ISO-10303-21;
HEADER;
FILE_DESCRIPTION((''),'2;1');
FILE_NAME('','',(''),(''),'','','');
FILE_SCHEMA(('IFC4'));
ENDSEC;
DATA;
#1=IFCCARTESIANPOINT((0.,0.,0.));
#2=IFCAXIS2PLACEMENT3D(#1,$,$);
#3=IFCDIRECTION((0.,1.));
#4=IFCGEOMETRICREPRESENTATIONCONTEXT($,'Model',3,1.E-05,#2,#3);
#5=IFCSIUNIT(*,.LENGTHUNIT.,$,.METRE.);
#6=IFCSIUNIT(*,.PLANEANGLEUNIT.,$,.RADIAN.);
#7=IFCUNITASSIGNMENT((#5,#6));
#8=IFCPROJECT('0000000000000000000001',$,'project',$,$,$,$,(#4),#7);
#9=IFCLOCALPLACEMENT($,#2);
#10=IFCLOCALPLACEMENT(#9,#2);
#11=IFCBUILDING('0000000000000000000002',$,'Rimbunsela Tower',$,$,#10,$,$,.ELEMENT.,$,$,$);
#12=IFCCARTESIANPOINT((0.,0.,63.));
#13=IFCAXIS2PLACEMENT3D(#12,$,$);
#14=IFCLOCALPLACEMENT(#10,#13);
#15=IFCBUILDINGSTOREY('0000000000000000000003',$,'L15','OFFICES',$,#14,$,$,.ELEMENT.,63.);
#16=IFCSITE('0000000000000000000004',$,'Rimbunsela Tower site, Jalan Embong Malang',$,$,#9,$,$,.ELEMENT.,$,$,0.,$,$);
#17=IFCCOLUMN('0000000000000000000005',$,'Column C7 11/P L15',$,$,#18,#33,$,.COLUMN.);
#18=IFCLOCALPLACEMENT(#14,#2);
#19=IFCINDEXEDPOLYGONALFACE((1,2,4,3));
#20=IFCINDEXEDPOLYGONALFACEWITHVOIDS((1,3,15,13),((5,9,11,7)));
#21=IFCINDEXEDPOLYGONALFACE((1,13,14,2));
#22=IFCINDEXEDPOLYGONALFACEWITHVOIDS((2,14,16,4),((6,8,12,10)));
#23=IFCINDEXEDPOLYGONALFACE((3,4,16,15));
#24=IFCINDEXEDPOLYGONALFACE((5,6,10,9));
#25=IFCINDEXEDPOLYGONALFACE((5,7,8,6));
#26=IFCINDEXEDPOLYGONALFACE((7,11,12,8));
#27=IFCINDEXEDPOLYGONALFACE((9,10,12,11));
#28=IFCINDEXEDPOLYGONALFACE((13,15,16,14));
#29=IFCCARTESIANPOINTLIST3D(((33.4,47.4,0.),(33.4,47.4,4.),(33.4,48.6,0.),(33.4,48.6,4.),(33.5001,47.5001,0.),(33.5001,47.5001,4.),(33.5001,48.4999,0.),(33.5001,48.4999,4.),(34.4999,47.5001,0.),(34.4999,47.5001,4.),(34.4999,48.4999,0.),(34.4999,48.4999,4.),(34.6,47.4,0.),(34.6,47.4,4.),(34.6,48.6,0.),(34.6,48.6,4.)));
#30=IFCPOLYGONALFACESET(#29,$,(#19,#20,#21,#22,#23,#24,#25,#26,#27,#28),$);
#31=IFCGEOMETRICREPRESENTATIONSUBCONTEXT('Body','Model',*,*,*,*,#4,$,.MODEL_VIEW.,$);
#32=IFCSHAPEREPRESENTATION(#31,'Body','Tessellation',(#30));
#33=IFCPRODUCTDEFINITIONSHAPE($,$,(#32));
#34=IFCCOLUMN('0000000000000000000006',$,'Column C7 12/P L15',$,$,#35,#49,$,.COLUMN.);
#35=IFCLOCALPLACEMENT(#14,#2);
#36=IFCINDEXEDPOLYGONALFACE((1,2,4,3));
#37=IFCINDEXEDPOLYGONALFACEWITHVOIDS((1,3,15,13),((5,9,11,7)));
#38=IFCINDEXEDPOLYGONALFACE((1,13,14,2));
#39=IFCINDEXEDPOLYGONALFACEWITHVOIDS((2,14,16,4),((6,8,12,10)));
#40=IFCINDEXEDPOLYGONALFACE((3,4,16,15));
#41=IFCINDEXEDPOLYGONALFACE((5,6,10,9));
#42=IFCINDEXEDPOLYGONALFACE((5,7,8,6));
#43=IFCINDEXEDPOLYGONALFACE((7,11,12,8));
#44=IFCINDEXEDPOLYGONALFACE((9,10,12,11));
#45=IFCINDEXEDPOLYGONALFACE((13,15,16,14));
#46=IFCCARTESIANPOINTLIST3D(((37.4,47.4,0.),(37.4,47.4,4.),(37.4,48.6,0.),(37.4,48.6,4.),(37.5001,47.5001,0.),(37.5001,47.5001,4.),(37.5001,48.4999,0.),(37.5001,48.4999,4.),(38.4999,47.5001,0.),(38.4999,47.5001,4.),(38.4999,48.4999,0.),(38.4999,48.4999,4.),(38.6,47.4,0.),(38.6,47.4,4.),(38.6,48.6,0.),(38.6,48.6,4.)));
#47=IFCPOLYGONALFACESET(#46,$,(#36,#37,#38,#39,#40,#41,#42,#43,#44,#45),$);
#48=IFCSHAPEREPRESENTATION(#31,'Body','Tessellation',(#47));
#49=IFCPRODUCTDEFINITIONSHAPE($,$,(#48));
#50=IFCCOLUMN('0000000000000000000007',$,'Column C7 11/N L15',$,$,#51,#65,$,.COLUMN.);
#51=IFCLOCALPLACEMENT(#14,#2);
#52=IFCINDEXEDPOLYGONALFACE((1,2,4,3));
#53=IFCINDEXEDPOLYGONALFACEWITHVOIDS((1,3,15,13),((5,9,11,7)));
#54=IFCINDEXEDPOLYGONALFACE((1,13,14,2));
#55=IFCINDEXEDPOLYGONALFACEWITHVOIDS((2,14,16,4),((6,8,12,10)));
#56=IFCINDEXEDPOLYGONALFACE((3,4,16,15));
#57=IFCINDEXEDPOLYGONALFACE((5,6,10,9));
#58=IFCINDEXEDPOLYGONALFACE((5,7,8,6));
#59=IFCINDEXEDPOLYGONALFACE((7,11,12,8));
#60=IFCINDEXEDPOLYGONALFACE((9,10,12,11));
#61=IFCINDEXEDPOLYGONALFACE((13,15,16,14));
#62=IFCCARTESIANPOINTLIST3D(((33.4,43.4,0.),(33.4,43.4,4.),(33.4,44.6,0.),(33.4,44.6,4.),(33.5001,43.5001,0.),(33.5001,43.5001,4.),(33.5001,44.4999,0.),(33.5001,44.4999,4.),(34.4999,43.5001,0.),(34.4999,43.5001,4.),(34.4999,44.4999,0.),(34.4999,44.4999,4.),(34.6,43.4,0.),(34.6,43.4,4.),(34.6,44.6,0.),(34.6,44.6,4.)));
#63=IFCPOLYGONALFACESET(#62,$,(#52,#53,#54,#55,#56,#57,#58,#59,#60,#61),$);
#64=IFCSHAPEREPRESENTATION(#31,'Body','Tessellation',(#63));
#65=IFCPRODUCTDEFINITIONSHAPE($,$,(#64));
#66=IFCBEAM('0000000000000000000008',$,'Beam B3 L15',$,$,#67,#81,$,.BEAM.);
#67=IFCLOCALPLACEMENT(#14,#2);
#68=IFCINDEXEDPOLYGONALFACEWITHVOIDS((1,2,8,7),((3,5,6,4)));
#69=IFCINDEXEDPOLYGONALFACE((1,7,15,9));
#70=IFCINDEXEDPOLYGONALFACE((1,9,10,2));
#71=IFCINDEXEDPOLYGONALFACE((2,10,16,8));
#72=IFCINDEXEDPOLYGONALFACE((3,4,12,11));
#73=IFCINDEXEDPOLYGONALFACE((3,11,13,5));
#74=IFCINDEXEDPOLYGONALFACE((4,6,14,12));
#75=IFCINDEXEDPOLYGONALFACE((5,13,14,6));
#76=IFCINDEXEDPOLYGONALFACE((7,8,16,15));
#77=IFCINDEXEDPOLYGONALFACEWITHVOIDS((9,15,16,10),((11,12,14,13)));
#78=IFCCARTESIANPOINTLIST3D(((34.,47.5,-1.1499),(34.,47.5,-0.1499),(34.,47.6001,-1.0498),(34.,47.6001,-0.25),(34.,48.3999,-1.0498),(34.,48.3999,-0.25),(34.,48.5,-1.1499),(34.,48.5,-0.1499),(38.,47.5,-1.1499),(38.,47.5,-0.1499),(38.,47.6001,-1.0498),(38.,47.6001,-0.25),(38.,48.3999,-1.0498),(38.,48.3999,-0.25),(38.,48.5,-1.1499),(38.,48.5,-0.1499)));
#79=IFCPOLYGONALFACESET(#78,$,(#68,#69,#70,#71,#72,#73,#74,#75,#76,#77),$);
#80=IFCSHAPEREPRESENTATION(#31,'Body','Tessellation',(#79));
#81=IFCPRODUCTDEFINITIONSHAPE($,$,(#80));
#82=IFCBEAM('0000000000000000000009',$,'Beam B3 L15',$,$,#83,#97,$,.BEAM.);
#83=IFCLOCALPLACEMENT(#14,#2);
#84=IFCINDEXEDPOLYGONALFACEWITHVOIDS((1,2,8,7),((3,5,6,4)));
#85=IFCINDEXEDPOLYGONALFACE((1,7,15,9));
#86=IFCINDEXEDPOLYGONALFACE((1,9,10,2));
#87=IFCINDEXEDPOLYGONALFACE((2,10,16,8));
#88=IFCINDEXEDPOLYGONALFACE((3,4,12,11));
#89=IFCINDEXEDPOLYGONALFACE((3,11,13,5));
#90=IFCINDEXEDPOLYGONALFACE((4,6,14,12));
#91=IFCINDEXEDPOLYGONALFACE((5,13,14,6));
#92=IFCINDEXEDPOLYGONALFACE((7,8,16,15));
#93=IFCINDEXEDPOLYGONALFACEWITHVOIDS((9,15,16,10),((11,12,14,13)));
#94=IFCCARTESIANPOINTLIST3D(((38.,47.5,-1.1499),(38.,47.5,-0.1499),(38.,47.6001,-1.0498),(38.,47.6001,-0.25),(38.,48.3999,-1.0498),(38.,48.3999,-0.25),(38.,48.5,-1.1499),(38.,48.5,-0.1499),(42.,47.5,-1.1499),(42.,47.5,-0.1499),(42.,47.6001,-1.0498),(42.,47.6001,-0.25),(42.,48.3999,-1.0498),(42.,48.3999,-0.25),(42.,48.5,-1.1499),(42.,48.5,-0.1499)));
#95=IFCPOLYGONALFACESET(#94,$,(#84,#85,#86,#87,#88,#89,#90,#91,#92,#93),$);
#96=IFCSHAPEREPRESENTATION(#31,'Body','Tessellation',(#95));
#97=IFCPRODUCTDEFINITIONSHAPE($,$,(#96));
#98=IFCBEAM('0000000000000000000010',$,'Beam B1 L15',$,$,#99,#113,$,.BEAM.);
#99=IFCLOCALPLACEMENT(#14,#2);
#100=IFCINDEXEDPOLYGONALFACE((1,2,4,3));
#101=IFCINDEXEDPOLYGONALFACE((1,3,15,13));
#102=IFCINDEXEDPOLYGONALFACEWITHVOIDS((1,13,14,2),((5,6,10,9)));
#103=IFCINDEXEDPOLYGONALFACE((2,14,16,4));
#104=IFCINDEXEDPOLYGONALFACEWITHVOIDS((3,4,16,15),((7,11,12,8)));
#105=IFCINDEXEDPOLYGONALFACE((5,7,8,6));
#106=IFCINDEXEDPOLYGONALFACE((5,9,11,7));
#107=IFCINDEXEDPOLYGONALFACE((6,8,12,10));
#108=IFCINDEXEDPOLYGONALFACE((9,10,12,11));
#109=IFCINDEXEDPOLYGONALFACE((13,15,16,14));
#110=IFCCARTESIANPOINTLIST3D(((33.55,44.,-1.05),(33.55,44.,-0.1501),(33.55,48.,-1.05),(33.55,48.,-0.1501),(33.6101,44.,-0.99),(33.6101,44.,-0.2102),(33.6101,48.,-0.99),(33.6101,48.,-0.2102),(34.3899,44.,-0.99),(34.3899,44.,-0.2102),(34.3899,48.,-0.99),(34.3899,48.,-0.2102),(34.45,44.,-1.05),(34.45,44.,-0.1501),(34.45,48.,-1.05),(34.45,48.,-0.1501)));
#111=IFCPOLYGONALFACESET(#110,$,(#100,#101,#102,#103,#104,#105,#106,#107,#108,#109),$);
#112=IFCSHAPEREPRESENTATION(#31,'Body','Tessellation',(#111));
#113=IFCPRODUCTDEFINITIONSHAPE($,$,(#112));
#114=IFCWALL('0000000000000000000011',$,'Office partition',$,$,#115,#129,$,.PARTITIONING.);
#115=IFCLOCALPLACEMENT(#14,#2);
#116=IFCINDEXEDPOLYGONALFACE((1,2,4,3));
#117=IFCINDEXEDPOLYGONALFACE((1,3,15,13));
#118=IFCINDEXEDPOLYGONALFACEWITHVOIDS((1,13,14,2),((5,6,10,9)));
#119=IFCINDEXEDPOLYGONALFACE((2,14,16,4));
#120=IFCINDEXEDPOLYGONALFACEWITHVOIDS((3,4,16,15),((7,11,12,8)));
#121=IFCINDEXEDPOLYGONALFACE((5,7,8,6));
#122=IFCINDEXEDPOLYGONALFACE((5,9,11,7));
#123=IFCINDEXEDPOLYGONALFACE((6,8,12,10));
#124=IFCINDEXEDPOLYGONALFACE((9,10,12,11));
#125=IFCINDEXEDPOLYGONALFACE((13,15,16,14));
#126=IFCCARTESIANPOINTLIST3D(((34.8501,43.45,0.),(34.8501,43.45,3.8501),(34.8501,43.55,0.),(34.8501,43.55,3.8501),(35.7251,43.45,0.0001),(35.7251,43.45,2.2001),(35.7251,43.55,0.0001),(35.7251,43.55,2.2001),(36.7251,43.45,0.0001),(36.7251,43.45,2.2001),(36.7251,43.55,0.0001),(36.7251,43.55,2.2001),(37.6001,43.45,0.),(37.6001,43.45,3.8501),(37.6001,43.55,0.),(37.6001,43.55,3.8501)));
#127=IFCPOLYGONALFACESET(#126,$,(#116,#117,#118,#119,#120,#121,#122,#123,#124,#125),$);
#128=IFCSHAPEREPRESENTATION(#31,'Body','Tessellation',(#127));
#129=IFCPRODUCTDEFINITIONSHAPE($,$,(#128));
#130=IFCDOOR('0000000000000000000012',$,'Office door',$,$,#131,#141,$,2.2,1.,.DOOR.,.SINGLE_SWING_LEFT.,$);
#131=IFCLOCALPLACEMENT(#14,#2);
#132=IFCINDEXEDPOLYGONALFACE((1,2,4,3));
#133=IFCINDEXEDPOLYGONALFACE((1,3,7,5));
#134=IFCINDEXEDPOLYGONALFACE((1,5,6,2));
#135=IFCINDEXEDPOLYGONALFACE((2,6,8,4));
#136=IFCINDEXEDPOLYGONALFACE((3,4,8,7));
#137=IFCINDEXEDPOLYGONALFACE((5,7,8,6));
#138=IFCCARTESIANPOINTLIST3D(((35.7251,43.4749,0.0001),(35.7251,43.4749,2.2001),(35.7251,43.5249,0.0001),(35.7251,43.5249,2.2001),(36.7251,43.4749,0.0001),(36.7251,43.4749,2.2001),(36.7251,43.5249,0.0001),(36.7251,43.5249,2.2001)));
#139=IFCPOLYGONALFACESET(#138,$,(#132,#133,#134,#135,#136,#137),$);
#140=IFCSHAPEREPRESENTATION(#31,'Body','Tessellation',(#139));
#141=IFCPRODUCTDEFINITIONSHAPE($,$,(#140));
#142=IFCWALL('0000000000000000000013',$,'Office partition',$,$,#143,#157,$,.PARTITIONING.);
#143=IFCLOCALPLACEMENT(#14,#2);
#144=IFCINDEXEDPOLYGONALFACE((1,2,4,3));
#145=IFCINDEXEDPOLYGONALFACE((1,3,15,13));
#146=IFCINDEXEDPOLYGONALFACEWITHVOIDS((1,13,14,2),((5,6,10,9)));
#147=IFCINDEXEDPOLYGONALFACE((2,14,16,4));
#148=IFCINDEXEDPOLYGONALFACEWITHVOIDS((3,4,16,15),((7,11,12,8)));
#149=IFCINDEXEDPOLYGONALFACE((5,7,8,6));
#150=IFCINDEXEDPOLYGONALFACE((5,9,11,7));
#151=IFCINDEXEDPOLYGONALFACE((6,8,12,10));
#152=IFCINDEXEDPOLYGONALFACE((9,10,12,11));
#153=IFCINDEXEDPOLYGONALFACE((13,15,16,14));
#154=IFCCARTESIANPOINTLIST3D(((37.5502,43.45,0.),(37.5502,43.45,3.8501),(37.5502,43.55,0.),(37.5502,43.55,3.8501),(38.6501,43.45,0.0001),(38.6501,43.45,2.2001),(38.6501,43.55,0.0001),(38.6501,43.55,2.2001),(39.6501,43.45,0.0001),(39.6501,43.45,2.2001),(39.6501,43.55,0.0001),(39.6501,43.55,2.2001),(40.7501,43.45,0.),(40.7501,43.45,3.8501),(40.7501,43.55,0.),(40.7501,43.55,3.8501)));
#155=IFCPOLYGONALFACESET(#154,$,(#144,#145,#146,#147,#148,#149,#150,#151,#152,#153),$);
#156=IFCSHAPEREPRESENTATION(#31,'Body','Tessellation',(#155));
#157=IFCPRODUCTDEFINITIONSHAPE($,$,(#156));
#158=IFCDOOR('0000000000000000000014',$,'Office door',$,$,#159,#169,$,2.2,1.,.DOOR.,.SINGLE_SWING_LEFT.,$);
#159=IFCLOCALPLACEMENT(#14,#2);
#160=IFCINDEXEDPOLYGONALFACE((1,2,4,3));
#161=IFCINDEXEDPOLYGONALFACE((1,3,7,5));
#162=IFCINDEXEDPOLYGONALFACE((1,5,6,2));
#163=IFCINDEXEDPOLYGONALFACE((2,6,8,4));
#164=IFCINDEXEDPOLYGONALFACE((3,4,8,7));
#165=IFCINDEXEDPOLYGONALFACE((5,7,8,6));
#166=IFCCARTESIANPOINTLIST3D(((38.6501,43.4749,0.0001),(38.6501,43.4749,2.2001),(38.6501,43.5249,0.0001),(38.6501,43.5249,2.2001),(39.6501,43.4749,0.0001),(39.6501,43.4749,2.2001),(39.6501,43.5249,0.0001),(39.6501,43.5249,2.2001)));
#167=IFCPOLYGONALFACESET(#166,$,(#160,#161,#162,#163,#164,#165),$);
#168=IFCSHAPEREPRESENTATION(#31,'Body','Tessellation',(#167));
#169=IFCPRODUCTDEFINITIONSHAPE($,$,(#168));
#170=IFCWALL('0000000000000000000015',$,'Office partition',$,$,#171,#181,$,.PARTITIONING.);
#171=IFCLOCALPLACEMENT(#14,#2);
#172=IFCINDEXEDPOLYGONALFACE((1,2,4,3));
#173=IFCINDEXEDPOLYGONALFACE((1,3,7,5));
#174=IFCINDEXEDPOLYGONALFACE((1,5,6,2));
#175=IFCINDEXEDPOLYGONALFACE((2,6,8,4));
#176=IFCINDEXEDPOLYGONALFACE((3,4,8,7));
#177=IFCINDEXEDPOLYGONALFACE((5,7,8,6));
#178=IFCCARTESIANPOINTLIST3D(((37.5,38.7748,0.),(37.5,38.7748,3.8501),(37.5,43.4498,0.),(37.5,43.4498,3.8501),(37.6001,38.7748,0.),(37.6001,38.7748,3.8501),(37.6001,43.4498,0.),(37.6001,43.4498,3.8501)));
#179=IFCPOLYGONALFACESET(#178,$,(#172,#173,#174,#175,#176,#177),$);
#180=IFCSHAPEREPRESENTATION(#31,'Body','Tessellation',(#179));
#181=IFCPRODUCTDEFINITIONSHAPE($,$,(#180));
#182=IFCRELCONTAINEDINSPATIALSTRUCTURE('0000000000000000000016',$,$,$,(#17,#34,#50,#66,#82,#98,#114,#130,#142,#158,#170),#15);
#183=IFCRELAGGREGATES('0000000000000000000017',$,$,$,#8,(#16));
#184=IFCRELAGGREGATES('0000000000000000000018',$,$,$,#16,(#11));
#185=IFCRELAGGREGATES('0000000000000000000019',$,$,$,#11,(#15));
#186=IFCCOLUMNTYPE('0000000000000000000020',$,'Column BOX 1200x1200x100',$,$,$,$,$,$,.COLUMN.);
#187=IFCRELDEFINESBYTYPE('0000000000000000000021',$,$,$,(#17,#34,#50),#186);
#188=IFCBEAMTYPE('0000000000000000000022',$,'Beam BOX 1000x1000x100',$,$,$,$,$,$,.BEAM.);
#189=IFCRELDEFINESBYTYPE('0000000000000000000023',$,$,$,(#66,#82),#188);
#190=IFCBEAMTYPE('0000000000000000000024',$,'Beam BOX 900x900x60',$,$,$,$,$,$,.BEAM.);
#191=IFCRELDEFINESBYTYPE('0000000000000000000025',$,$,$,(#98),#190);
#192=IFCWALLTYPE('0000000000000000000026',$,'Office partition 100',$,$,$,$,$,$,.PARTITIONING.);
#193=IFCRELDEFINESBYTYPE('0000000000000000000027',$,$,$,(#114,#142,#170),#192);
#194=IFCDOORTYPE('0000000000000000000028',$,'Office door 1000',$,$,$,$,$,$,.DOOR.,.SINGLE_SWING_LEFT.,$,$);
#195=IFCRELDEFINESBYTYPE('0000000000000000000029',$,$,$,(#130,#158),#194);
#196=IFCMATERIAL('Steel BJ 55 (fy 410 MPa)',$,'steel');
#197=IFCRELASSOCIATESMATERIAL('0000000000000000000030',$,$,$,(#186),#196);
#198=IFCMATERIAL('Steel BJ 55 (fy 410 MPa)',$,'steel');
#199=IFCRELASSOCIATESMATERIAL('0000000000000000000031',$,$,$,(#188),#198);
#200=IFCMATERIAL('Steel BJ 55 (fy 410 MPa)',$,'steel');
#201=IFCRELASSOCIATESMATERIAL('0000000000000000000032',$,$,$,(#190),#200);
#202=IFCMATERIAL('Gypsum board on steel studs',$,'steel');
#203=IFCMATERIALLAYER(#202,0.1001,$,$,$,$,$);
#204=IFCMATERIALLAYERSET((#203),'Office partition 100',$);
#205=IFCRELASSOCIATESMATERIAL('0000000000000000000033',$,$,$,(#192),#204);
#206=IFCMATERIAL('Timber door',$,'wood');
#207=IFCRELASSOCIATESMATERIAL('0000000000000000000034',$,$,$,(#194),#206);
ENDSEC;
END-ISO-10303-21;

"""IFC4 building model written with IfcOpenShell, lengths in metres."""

from ifc_helpers import new_model, si_unit, direction, frame, frame_2d, origin, origin_2d, place, context, subcontext, project, spatial, rectangle, hollow_rectangle, extrude, material, layer, layer_set, material_profile, profile_set, type_object, element, fill, save


model = new_model("IFC4")

# Units and contexts
model_context = context("Model", 3, precision=1e-05, world=origin(), true_north=direction((0.0, 1.0)))
body_context = subcontext(model_context, "Body", "Model", "MODEL_VIEW")
ifc_project = project(units=[si_unit("LENGTHUNIT", "METRE"), si_unit("PLANEANGLEUNIT", "RADIAN")], contexts=[model_context])

# Site, building, storey
site_placement = place(None, origin())
site = spatial("IfcSite", under=ifc_project, at=site_placement, Name="Rimbunsela Tower site, Jalan Embong Malang", CompositionType="ELEMENT", RefElevation=0.0)
building_placement = place(site_placement, origin())
building = spatial("IfcBuilding", under=site, at=building_placement, Name="Rimbunsela Tower", CompositionType="ELEMENT")
storey_placement = place(building_placement, frame((0.0, 0.0, 63.0)))
storey = spatial("IfcBuildingStorey", under=building, at=storey_placement, Name="L15", Description="OFFICES", CompositionType="ELEMENT", Elevation=63.0)

# Columns
ifc_material_1 = material(Name="Steel BJ 55 (fy 410 MPa)", Category="steel")
ifc_material_profile_1 = material_profile(ifc_material_1, hollow_rectangle(XDim=1.2, YDim=1.2, WallThickness=0.1001, at=origin_2d()), Name="BOX 1200x1200x100")
ifc_profile_set_1 = profile_set([ifc_material_profile_1], Name="Steel BJ 55 (fy 410 MPa)")
column_type = type_object("IfcColumnType", Name="Column BOX 1200x1200x100", PredefinedType="COLUMN", material=ifc_profile_set_1)
for number, where, z_axis, x_axis, name in (
    (1, (34.0, 48.0, 0.0), (0.0, 0.0, 1.0), (1.0, 0.0, 0.0), "Column C7 11/P L15"),
    (2, (38.0, 48.0, 0.0), (0.0, 0.0, 1.0), (1.0, 0.0, 0.0), "Column C7 12/P L15"),
    (3, (34.0, 44.0, 0.0), (0.0, 0.0, 1.0), (1.0, 0.0, 0.0), "Column C7 11/N L15"),
):
    element("IfcColumn", number, at=place(storey_placement, frame(where, z_axis=z_axis, x_axis=x_axis)), inside=storey, type_object=column_type, Name=name, PredefinedType="COLUMN", context=body_context, shape_type="SweptSolid", body=[
        extrude(hollow_rectangle(XDim=1.2, YDim=1.2, WallThickness=0.1001, at=origin_2d()), origin(), (0.0, 0.0, 1.0), 4.0),
    ])

# Beams
ifc_material_2 = material(Name="Steel BJ 55 (fy 410 MPa)", Category="steel")
ifc_material_profile_2 = material_profile(ifc_material_2, hollow_rectangle(XDim=1.0, YDim=1.0, WallThickness=0.1001, at=origin_2d()), Name="BOX 1000x1000x100")
ifc_profile_set_2 = profile_set([ifc_material_profile_2], Name="Steel BJ 55 (fy 410 MPa)")
beam_type_1 = type_object("IfcBeamType", Name="Beam BOX 1000x1000x100", PredefinedType="BEAM", material=ifc_profile_set_2)
for number, where, z_axis, x_axis, name in (
    (4, (34.0, 48.0, -0.6499), (1.0, 0.0, 0.0), (0.0, 1.0, 0.0), "Beam B3 L15"),
    (5, (38.0, 48.0, -0.6499), (1.0, 0.0, 0.0), (0.0, 1.0, 0.0), "Beam B3 L15"),
):
    element("IfcBeam", number, at=place(storey_placement, frame(where, z_axis=z_axis, x_axis=x_axis)), inside=storey, type_object=beam_type_1, Name=name, PredefinedType="BEAM", context=body_context, shape_type="SweptSolid", body=[
        extrude(hollow_rectangle(XDim=1.0, YDim=1.0, WallThickness=0.1001, at=origin_2d()), origin(), (0.0, 0.0, 1.0), 4.0),
    ])
ifc_material_3 = material(Name="Steel BJ 55 (fy 410 MPa)", Category="steel")
ifc_material_profile_3 = material_profile(ifc_material_3, hollow_rectangle(XDim=0.8999, YDim=0.8999, WallThickness=0.0601, at=origin_2d()), Name="BOX 900x900x60")
ifc_profile_set_3 = profile_set([ifc_material_profile_3], Name="Steel BJ 55 (fy 410 MPa)")
beam_type_2 = type_object("IfcBeamType", Name="Beam BOX 900x900x60", PredefinedType="BEAM", material=ifc_profile_set_3)
beam_placement = place(storey_placement, frame((34.0, 44.0, -0.6001), z_axis=(0.0, 1.0, 0.0), x_axis=(-1.0, 0.0, 0.0)))
element("IfcBeam", 6, at=beam_placement, inside=storey, type_object=beam_type_2, Name="Beam B1 L15", PredefinedType="BEAM", context=body_context, shape_type="SweptSolid", body=[
    extrude(hollow_rectangle(XDim=0.8999, YDim=0.8999, WallThickness=0.0601, at=origin_2d()), origin(), (0.0, 0.0, 1.0), 4.0),
])

# Walls, openings, doors
ifc_material_4 = material(Name="Gypsum board on steel studs", Category="steel")
ifc_layer_1 = layer(ifc_material_4, 0.1001)
ifc_layer_set_1 = layer_set([ifc_layer_1], Name="Office partition 100")
wall_type_1 = type_object("IfcWallType", Name="Office partition 100", PredefinedType="PARTITIONING", material=ifc_layer_set_1)
wall_1_placement = place(storey_placement, frame((34.8501, 43.5, 0.0), z_axis=(0.0, 0.0, 1.0), x_axis=(1.0, 0.0, 0.0)))
wall_1 = element("IfcWall", 7, at=wall_1_placement, inside=storey, type_object=wall_type_1, Name="Office partition", PredefinedType="PARTITIONING", context=body_context, shape_type="SweptSolid", body=[
    extrude(rectangle(XDim=2.75, YDim=0.1001, at=frame_2d((1.375, 0.0))), origin(), (0.0, 0.0, 1.0), 3.8501),
])
opening_1_placement = place(wall_1_placement, frame((0.875, 0.0, 0.0)))
opening_1 = element("IfcOpeningElement", 8, at=opening_1_placement, cuts=wall_1, PredefinedType="OPENING", context=body_context, shape_type="SweptSolid", body=[
    extrude(rectangle(XDim=1.0, YDim=2.2, at=frame_2d((0.5, 1.1001))), frame((0.0, 0.0601, 0.0), z_axis=(0.0, -1.0, 0.0), x_axis=(1.0, 0.0, 0.0)), (0.0, 0.0, 1.0), 0.1201),
])
ifc_material_5 = material(Name="Timber door", Category="wood")
door_type = type_object("IfcDoorType", Name="Office door 1000", OperationType="SINGLE_SWING_LEFT", PredefinedType="DOOR", material=ifc_material_5)
door_1_placement = place(opening_1_placement, origin())
door_1 = element("IfcDoor", 9, at=door_1_placement, inside=storey, type_object=door_type, Name="Office door", OperationType="SINGLE_SWING_LEFT", OverallHeight=2.2, OverallWidth=1.0, PredefinedType="DOOR", context=body_context, shape_type="SweptSolid", body=[
    extrude(rectangle(XDim=1.0, YDim=2.2, at=frame_2d((0.5, 1.1001))), frame((0.0, 0.0249, 0.0), z_axis=(0.0, -1.0, 0.0), x_axis=(1.0, 0.0, 0.0)), (0.0, 0.0, 1.0), 0.05),
])
fill(opening_1, door_1)
wall_2_placement = place(storey_placement, frame((37.55, 43.5, 0.0), z_axis=(0.0, 0.0, 1.0), x_axis=(1.0, 0.0, 0.0)))
wall_2 = element("IfcWall", 10, at=wall_2_placement, inside=storey, type_object=wall_type_1, Name="Office partition", PredefinedType="PARTITIONING", context=body_context, shape_type="SweptSolid", body=[
    extrude(rectangle(XDim=3.2, YDim=0.1001, at=frame_2d((1.6001, 0.0))), origin(), (0.0, 0.0, 1.0), 3.8501),
])
opening_2_placement = place(wall_2_placement, frame((1.1001, 0.0, 0.0)))
opening_2 = element("IfcOpeningElement", 11, at=opening_2_placement, cuts=wall_2, PredefinedType="OPENING", context=body_context, shape_type="SweptSolid", body=[
    extrude(rectangle(XDim=1.0, YDim=2.2, at=frame_2d((0.5, 1.1001))), frame((0.0, 0.0601, 0.0), z_axis=(0.0, -1.0, 0.0), x_axis=(1.0, 0.0, 0.0)), (0.0, 0.0, 1.0), 0.1201),
])
door_2_placement = place(opening_2_placement, origin())
door_2 = element("IfcDoor", 12, at=door_2_placement, inside=storey, type_object=door_type, Name="Office door", OperationType="SINGLE_SWING_LEFT", OverallHeight=2.2, OverallWidth=1.0, PredefinedType="DOOR", context=body_context, shape_type="SweptSolid", body=[
    extrude(rectangle(XDim=1.0, YDim=2.2, at=frame_2d((0.5, 1.1001))), frame((0.0, 0.0249, 0.0), z_axis=(0.0, -1.0, 0.0), x_axis=(1.0, 0.0, 0.0)), (0.0, 0.0, 1.0), 0.05),
])
fill(opening_2, door_2)

# Wall
for number, where, z_axis, x_axis, name in (
    (13, (37.55, 38.7749, 0.0), (0.0, 0.0, 1.0), (0.0, 1.0, 0.0), "Office partition"),
):
    element("IfcWall", number, at=place(storey_placement, frame(where, z_axis=z_axis, x_axis=x_axis)), inside=storey, type_object=wall_type_1, Name=name, PredefinedType="PARTITIONING", context=body_context, shape_type="SweptSolid", body=[
        extrude(rectangle(XDim=4.675, YDim=0.1001, at=frame_2d((2.3374, 0.0))), origin(), (0.0, 0.0, 1.0), 3.8501),
    ])

save(model, "model.ifc")
